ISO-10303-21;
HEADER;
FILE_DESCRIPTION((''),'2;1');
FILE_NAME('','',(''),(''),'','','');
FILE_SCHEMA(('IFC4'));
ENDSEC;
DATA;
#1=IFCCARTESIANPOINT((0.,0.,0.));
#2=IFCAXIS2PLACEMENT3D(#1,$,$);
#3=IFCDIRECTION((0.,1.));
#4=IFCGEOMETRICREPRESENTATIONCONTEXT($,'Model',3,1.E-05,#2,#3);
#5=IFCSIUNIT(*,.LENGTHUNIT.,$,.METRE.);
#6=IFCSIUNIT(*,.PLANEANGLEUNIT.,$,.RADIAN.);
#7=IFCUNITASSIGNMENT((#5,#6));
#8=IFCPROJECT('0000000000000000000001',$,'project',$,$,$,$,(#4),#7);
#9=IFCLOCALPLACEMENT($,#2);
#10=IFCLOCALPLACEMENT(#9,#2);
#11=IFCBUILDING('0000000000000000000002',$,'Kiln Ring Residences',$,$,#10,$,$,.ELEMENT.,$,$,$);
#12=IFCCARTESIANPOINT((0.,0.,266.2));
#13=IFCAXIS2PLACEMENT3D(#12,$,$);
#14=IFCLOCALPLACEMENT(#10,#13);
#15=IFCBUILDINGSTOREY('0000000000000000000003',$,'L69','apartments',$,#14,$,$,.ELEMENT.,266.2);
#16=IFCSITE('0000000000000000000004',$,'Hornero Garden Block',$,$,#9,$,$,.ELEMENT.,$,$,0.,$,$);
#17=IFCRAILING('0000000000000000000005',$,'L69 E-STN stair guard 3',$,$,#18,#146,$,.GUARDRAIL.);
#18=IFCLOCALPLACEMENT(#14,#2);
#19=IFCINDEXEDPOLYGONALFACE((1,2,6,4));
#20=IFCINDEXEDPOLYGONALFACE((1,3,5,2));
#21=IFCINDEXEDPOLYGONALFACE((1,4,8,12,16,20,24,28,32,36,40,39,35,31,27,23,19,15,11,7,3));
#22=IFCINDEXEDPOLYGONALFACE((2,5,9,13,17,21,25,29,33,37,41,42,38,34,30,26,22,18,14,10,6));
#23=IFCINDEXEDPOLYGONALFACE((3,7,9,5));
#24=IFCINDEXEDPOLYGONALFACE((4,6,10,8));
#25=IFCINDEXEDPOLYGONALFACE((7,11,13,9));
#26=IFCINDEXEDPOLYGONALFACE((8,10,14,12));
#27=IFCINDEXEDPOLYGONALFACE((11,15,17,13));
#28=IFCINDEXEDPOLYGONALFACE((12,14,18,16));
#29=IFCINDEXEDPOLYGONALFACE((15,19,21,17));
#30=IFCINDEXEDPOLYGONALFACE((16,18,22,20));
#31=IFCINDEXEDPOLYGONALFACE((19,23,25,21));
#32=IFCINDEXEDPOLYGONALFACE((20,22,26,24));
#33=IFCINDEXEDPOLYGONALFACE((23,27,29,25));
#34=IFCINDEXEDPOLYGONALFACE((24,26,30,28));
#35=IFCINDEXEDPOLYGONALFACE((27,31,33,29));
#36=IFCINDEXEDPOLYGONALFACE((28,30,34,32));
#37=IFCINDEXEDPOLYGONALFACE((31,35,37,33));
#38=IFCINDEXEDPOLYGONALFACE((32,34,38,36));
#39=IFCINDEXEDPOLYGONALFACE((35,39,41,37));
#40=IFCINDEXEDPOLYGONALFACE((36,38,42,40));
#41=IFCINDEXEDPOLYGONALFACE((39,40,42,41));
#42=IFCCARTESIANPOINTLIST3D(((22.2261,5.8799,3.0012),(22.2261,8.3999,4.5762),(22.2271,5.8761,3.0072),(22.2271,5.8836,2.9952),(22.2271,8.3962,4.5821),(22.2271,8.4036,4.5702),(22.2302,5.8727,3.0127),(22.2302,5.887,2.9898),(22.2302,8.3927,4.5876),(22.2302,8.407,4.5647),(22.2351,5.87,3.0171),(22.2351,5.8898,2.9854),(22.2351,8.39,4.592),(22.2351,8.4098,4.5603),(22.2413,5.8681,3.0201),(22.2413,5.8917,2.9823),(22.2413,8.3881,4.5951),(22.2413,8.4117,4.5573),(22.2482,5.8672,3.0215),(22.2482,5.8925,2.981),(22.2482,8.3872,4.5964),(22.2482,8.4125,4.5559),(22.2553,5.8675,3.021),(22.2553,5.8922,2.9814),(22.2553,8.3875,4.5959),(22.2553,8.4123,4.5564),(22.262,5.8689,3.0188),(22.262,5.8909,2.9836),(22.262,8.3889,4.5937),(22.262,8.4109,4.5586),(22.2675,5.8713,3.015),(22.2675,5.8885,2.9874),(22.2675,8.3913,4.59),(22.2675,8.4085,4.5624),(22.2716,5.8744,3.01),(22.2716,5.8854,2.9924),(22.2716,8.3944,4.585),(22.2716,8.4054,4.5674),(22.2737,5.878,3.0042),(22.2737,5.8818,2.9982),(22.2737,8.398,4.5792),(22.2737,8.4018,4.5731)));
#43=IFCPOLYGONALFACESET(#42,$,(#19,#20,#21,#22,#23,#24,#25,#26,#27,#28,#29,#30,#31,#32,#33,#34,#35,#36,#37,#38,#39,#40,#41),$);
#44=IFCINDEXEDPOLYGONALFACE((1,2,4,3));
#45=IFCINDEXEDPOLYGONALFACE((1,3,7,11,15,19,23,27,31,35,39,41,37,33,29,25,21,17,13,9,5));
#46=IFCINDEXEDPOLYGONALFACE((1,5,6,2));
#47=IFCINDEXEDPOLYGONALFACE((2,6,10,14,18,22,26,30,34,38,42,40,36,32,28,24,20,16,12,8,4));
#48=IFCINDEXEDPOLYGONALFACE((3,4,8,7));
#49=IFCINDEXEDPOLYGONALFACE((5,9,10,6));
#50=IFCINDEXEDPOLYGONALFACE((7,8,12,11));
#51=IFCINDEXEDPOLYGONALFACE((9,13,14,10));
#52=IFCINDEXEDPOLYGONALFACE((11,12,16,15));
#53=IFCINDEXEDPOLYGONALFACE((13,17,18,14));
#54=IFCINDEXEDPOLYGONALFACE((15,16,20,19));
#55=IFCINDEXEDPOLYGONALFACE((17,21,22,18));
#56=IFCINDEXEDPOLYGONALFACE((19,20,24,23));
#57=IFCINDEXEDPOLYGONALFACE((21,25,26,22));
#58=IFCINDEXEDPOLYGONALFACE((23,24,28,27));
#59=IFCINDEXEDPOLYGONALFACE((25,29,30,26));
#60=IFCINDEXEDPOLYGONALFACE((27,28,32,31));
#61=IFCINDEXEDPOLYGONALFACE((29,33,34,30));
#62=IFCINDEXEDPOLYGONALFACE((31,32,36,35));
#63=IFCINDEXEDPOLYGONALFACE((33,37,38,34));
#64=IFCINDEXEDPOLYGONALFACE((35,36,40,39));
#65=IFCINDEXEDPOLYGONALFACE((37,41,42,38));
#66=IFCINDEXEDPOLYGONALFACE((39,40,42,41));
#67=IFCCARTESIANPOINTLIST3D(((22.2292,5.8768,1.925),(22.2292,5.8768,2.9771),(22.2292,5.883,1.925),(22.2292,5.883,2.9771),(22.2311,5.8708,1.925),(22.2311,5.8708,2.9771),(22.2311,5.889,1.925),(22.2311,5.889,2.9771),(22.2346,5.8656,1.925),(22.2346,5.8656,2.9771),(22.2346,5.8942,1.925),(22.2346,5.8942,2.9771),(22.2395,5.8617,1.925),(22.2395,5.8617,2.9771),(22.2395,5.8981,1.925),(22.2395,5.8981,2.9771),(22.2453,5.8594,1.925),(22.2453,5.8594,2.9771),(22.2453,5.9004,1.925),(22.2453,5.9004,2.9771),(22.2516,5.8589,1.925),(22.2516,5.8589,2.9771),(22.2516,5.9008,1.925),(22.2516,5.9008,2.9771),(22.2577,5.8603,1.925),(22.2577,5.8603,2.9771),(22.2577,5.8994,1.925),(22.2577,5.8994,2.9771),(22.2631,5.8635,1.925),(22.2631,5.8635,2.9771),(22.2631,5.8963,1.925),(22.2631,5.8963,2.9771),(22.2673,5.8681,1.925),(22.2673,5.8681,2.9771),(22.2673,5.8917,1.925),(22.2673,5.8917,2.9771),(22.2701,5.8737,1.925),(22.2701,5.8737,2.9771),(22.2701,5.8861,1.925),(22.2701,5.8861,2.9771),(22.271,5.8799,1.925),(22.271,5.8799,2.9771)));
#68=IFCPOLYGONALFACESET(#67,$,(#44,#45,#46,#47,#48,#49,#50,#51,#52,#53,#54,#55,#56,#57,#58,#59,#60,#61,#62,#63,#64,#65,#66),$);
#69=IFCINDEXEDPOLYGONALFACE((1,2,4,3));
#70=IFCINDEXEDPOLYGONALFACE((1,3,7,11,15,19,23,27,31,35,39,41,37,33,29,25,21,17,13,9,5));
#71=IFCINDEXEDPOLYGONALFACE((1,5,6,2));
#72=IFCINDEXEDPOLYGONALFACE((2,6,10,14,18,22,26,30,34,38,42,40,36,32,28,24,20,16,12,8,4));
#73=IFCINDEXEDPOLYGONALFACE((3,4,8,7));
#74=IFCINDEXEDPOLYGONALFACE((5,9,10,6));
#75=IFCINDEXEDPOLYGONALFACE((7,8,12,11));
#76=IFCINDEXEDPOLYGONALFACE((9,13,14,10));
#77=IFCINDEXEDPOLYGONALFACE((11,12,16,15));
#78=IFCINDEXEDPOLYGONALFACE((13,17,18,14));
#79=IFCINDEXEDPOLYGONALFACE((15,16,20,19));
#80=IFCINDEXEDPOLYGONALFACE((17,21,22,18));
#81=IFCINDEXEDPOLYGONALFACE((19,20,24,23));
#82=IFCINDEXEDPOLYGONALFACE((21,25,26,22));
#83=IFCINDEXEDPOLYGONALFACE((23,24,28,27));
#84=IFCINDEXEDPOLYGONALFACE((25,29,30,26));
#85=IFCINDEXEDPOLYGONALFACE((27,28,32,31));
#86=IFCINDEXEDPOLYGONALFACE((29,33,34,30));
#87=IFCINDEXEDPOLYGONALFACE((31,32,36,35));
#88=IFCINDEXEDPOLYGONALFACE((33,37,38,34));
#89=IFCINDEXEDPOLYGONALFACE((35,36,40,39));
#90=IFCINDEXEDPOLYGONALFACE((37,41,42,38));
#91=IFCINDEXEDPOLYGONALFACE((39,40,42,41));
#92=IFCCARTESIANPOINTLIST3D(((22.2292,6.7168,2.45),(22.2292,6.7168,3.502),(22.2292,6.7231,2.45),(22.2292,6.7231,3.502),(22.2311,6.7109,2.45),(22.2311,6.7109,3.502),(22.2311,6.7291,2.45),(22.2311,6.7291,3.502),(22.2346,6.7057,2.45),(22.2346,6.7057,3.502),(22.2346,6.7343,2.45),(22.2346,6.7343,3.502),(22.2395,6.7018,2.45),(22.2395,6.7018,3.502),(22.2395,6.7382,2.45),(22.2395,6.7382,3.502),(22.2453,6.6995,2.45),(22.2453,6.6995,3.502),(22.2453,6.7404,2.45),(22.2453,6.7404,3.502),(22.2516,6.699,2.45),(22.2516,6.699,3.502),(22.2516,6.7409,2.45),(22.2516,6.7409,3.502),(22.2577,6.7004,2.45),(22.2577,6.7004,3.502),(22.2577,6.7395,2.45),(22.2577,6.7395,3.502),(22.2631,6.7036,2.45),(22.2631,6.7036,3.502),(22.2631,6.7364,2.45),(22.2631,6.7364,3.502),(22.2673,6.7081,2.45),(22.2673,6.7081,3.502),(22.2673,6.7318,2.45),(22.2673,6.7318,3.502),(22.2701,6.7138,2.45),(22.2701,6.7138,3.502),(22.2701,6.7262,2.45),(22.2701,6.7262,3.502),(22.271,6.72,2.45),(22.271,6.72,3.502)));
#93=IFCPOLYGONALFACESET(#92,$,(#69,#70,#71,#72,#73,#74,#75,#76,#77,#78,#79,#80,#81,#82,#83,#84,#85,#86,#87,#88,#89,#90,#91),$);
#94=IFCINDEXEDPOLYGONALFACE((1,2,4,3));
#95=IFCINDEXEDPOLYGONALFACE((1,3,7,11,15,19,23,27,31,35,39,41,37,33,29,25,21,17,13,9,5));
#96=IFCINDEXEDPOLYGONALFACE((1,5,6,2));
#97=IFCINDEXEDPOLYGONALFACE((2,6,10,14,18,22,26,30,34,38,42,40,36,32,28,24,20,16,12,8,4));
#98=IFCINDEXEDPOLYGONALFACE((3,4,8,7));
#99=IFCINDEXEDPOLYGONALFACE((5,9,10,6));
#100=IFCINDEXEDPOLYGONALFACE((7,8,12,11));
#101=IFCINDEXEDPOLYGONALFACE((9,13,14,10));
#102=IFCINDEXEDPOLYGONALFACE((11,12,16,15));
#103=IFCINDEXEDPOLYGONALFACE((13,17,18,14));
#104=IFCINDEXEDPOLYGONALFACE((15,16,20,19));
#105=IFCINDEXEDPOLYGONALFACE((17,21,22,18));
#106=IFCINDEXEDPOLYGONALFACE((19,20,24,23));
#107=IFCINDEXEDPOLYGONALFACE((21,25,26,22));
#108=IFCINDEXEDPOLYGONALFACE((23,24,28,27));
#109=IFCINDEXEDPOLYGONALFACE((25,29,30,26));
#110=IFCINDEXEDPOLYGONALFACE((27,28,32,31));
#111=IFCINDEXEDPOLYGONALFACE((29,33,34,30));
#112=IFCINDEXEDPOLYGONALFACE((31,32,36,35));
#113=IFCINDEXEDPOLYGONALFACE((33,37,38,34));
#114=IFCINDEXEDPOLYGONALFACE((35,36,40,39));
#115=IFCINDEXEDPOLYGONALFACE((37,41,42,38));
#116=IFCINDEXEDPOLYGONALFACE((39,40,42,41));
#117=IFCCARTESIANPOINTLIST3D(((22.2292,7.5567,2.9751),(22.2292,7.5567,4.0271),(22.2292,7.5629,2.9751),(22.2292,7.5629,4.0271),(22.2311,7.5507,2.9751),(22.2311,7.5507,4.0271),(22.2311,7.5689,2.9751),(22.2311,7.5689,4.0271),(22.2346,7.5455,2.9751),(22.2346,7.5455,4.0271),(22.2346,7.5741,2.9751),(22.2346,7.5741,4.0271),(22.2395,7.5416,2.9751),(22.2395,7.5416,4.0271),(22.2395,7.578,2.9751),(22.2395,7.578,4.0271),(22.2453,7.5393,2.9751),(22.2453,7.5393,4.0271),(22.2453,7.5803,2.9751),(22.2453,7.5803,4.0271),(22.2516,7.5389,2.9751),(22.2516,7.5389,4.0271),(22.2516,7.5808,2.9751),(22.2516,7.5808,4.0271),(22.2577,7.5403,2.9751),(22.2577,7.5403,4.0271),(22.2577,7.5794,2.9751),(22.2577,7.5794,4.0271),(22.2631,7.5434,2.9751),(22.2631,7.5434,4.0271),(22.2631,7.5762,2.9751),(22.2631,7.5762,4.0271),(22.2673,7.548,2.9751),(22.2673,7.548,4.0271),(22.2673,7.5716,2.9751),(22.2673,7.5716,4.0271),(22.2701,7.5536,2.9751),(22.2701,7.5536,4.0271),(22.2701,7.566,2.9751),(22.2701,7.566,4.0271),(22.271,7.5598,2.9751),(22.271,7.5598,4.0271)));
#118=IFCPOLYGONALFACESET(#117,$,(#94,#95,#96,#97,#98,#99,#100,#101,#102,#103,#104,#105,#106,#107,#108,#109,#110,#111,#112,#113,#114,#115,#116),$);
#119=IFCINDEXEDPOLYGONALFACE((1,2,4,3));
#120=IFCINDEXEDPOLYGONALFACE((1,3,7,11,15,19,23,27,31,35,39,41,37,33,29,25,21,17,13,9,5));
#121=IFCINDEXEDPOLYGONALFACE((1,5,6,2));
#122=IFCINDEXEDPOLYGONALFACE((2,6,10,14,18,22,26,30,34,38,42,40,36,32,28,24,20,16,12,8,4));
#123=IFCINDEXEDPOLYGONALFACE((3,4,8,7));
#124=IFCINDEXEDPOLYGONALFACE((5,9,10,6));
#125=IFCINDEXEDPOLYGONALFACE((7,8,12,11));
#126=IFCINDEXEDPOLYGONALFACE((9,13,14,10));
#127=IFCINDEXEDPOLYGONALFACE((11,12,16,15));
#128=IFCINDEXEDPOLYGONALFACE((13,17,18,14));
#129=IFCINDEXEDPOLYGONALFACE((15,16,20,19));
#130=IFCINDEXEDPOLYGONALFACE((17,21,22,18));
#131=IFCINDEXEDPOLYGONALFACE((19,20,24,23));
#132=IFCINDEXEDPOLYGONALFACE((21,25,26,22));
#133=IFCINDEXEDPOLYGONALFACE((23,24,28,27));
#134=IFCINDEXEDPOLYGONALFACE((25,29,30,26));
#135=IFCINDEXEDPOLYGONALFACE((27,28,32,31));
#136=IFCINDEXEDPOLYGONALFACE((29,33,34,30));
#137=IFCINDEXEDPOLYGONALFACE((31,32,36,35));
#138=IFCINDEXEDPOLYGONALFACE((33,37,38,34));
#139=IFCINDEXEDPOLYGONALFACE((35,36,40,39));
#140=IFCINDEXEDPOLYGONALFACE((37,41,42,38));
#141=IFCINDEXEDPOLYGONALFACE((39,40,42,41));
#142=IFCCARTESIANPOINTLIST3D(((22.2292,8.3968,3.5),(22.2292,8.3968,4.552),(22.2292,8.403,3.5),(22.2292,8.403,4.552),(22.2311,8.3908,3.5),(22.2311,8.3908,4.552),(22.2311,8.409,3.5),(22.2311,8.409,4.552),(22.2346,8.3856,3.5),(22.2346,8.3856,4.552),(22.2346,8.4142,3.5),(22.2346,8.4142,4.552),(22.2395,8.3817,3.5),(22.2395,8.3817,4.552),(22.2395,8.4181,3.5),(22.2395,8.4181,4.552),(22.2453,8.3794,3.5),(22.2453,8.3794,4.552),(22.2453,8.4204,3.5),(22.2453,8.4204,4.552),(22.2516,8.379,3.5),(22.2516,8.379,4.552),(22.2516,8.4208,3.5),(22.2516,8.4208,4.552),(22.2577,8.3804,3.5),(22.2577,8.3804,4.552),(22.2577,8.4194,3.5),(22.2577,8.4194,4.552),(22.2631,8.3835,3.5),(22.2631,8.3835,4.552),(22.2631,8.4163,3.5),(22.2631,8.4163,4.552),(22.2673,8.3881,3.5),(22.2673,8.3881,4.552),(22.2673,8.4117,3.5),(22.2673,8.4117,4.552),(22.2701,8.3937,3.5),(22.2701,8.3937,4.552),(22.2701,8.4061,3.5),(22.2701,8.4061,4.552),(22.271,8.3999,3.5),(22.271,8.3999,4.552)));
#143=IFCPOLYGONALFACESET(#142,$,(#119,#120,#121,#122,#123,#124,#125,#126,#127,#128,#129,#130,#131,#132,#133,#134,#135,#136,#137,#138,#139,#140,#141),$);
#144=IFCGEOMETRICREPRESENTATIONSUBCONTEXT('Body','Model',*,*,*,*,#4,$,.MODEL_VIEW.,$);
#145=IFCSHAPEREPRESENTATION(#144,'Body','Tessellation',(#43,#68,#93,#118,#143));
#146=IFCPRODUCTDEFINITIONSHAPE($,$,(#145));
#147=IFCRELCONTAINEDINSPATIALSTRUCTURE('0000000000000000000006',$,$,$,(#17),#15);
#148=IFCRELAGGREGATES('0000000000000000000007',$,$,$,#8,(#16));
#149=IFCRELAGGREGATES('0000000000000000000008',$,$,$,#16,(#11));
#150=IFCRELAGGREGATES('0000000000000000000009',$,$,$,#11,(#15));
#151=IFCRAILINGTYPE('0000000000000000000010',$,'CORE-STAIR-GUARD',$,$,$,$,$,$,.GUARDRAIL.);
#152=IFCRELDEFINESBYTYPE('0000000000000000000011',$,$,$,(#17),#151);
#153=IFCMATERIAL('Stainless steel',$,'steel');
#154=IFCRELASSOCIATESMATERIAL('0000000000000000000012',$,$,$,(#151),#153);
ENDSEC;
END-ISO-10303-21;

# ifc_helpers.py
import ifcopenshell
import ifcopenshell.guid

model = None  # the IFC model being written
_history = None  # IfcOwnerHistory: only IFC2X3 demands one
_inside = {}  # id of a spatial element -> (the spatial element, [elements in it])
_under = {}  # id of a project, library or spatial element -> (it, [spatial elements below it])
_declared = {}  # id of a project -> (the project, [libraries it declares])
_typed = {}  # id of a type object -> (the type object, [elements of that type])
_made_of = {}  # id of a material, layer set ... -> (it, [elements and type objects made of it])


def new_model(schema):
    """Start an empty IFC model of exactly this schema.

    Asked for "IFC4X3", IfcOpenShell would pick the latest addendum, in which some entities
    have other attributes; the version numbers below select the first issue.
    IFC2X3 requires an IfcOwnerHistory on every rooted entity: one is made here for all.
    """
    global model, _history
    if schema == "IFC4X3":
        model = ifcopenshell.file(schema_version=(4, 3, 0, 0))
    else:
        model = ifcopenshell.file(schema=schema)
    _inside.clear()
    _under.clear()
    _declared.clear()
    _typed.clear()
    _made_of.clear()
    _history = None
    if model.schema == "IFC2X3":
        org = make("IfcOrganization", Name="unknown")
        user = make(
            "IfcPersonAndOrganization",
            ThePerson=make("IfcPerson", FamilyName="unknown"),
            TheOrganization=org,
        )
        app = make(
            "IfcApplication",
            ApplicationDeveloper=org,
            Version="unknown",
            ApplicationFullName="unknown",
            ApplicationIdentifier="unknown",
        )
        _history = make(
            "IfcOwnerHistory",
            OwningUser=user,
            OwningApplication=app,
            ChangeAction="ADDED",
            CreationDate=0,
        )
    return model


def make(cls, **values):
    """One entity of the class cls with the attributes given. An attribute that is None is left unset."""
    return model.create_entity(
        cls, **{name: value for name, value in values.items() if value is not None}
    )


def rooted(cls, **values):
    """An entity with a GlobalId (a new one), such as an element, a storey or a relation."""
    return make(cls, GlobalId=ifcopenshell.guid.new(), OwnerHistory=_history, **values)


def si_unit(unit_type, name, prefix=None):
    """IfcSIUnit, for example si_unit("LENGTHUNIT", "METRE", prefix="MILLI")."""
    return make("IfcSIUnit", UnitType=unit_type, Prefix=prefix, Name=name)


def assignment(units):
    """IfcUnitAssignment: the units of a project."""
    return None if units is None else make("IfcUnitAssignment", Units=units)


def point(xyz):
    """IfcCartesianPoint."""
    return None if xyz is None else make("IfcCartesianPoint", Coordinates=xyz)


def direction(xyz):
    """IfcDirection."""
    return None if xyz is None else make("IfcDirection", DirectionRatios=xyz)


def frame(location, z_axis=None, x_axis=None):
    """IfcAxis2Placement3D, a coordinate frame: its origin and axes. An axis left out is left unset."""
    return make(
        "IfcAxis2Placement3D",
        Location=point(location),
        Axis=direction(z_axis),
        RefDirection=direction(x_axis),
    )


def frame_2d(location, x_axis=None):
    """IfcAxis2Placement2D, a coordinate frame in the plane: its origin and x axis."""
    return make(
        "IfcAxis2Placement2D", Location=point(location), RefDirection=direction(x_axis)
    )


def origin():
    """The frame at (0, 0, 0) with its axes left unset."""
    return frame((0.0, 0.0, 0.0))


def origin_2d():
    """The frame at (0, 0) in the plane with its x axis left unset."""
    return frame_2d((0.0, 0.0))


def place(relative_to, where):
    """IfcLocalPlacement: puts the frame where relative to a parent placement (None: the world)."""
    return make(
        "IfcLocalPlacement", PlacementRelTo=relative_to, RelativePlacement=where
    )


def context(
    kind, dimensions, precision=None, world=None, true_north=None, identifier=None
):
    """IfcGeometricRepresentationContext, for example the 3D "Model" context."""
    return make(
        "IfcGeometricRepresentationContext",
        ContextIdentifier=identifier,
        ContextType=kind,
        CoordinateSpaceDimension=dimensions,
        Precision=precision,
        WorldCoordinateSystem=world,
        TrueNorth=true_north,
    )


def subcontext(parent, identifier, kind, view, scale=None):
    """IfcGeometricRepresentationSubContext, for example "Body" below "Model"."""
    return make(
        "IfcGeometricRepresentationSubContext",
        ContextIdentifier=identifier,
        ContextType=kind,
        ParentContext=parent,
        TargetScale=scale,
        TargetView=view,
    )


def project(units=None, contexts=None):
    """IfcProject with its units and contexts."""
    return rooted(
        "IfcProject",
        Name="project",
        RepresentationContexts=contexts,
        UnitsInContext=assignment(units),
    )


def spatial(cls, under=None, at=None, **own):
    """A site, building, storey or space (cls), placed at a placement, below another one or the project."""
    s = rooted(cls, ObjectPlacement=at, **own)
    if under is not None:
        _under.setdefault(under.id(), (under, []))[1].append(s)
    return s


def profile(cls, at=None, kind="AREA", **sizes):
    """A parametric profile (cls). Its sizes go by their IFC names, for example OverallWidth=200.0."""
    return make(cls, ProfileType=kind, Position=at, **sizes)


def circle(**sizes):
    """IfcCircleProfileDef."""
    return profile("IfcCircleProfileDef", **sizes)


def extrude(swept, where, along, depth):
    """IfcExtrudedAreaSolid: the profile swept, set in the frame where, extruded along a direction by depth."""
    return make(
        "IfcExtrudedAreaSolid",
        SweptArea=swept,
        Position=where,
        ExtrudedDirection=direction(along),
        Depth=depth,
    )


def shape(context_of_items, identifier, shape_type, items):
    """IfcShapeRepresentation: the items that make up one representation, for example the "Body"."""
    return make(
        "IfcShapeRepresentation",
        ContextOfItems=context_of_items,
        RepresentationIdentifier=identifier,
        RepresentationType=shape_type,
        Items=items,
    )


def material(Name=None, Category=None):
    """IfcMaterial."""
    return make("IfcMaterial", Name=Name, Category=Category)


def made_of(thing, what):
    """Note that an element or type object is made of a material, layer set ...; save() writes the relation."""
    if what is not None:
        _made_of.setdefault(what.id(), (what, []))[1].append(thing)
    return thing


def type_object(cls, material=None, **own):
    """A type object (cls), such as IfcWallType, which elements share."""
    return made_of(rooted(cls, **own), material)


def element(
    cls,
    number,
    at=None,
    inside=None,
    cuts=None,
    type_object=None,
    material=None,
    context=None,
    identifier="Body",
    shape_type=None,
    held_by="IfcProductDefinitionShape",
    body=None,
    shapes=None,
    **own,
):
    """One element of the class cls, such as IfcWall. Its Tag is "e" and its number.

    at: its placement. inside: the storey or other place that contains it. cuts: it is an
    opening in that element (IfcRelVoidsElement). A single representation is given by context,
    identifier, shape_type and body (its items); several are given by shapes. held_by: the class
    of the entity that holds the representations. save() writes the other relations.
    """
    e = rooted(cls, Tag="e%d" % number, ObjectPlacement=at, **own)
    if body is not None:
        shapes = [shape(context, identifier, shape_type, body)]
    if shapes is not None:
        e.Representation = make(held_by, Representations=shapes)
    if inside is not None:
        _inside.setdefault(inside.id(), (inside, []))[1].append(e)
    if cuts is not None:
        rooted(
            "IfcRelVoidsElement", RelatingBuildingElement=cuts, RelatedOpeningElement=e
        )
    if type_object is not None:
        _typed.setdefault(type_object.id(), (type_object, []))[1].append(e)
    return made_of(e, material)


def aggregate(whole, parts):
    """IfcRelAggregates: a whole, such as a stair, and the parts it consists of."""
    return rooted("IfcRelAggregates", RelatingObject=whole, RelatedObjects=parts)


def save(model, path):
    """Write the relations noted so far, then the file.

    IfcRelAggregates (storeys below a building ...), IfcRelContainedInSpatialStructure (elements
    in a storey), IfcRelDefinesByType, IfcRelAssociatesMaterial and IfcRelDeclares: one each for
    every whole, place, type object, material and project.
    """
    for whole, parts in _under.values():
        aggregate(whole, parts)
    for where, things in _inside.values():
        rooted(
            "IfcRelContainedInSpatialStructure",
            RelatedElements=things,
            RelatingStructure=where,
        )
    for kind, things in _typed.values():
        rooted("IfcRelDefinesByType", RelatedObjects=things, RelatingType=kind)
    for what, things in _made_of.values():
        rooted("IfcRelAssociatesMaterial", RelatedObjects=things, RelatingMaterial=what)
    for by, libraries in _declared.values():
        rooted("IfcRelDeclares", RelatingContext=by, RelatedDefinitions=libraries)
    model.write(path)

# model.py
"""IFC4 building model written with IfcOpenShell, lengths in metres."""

from ifc_helpers import new_model, si_unit, direction, frame, origin, origin_2d, place, context, subcontext, project, spatial, circle, extrude, material, type_object, element, save


model = new_model("IFC4")

# Units and contexts
model_context = context("Model", 3, precision=1e-05, world=origin(), true_north=direction((0.0, 1.0)))
body_context = subcontext(model_context, "Body", "Model", "MODEL_VIEW")
ifc_project = project(units=[si_unit("LENGTHUNIT", "METRE"), si_unit("PLANEANGLEUNIT", "RADIAN")], contexts=[model_context])

# Site, building, storey
site_placement = place(None, origin())
site = spatial("IfcSite", under=ifc_project, at=site_placement, Name="Hornero Garden Block", CompositionType="ELEMENT", RefElevation=0.0)
building_placement = place(site_placement, origin())
building = spatial("IfcBuilding", under=site, at=building_placement, Name="Kiln Ring Residences", CompositionType="ELEMENT")
storey_placement = place(building_placement, frame((0.0, 0.0, 266.2)))
storey = spatial("IfcBuildingStorey", under=building, at=storey_placement, Name="L69", Description="apartments", CompositionType="ELEMENT", Elevation=266.2)

# Railing
ifc_material_1 = material(Name="Stainless steel", Category="steel")
railing_type_1 = type_object("IfcRailingType", Name="CORE-STAIR-GUARD", PredefinedType="GUARDRAIL", material=ifc_material_1)
railing_1_placement = place(storey_placement, frame((22.25, 5.8799, 1.925)))
element("IfcRailing", 1, at=railing_1_placement, inside=storey, type_object=railing_type_1, Name="L69 E-STN stair guard 3", PredefinedType="GUARDRAIL", context=body_context, shape_type="SweptSolid", body=[
    extrude(circle(Radius=0.0239, at=origin_2d()), frame((0.0, 0.0, 1.0762), z_axis=(0.0, 0.848008, 0.529984), x_axis=(-1.0, 0.0, 0.0)), (0.0, 0.0, 1.0), 2.9717),
    extrude(circle(Radius=0.021, at=origin_2d()), origin(), (0.0, 0.0, 1.0), 1.052),
    extrude(circle(Radius=0.021, at=origin_2d()), frame((0.0, 0.8401, 0.5249)), (0.0, 0.0, 1.0), 1.052),
    extrude(circle(Radius=0.021, at=origin_2d()), frame((0.0, 1.6799, 1.05)), (0.0, 0.0, 1.0), 1.052),
    extrude(circle(Radius=0.021, at=origin_2d()), frame((0.0, 2.52, 1.575)), (0.0, 0.0, 1.0), 1.052),
])

save(model, "model.ifc")
